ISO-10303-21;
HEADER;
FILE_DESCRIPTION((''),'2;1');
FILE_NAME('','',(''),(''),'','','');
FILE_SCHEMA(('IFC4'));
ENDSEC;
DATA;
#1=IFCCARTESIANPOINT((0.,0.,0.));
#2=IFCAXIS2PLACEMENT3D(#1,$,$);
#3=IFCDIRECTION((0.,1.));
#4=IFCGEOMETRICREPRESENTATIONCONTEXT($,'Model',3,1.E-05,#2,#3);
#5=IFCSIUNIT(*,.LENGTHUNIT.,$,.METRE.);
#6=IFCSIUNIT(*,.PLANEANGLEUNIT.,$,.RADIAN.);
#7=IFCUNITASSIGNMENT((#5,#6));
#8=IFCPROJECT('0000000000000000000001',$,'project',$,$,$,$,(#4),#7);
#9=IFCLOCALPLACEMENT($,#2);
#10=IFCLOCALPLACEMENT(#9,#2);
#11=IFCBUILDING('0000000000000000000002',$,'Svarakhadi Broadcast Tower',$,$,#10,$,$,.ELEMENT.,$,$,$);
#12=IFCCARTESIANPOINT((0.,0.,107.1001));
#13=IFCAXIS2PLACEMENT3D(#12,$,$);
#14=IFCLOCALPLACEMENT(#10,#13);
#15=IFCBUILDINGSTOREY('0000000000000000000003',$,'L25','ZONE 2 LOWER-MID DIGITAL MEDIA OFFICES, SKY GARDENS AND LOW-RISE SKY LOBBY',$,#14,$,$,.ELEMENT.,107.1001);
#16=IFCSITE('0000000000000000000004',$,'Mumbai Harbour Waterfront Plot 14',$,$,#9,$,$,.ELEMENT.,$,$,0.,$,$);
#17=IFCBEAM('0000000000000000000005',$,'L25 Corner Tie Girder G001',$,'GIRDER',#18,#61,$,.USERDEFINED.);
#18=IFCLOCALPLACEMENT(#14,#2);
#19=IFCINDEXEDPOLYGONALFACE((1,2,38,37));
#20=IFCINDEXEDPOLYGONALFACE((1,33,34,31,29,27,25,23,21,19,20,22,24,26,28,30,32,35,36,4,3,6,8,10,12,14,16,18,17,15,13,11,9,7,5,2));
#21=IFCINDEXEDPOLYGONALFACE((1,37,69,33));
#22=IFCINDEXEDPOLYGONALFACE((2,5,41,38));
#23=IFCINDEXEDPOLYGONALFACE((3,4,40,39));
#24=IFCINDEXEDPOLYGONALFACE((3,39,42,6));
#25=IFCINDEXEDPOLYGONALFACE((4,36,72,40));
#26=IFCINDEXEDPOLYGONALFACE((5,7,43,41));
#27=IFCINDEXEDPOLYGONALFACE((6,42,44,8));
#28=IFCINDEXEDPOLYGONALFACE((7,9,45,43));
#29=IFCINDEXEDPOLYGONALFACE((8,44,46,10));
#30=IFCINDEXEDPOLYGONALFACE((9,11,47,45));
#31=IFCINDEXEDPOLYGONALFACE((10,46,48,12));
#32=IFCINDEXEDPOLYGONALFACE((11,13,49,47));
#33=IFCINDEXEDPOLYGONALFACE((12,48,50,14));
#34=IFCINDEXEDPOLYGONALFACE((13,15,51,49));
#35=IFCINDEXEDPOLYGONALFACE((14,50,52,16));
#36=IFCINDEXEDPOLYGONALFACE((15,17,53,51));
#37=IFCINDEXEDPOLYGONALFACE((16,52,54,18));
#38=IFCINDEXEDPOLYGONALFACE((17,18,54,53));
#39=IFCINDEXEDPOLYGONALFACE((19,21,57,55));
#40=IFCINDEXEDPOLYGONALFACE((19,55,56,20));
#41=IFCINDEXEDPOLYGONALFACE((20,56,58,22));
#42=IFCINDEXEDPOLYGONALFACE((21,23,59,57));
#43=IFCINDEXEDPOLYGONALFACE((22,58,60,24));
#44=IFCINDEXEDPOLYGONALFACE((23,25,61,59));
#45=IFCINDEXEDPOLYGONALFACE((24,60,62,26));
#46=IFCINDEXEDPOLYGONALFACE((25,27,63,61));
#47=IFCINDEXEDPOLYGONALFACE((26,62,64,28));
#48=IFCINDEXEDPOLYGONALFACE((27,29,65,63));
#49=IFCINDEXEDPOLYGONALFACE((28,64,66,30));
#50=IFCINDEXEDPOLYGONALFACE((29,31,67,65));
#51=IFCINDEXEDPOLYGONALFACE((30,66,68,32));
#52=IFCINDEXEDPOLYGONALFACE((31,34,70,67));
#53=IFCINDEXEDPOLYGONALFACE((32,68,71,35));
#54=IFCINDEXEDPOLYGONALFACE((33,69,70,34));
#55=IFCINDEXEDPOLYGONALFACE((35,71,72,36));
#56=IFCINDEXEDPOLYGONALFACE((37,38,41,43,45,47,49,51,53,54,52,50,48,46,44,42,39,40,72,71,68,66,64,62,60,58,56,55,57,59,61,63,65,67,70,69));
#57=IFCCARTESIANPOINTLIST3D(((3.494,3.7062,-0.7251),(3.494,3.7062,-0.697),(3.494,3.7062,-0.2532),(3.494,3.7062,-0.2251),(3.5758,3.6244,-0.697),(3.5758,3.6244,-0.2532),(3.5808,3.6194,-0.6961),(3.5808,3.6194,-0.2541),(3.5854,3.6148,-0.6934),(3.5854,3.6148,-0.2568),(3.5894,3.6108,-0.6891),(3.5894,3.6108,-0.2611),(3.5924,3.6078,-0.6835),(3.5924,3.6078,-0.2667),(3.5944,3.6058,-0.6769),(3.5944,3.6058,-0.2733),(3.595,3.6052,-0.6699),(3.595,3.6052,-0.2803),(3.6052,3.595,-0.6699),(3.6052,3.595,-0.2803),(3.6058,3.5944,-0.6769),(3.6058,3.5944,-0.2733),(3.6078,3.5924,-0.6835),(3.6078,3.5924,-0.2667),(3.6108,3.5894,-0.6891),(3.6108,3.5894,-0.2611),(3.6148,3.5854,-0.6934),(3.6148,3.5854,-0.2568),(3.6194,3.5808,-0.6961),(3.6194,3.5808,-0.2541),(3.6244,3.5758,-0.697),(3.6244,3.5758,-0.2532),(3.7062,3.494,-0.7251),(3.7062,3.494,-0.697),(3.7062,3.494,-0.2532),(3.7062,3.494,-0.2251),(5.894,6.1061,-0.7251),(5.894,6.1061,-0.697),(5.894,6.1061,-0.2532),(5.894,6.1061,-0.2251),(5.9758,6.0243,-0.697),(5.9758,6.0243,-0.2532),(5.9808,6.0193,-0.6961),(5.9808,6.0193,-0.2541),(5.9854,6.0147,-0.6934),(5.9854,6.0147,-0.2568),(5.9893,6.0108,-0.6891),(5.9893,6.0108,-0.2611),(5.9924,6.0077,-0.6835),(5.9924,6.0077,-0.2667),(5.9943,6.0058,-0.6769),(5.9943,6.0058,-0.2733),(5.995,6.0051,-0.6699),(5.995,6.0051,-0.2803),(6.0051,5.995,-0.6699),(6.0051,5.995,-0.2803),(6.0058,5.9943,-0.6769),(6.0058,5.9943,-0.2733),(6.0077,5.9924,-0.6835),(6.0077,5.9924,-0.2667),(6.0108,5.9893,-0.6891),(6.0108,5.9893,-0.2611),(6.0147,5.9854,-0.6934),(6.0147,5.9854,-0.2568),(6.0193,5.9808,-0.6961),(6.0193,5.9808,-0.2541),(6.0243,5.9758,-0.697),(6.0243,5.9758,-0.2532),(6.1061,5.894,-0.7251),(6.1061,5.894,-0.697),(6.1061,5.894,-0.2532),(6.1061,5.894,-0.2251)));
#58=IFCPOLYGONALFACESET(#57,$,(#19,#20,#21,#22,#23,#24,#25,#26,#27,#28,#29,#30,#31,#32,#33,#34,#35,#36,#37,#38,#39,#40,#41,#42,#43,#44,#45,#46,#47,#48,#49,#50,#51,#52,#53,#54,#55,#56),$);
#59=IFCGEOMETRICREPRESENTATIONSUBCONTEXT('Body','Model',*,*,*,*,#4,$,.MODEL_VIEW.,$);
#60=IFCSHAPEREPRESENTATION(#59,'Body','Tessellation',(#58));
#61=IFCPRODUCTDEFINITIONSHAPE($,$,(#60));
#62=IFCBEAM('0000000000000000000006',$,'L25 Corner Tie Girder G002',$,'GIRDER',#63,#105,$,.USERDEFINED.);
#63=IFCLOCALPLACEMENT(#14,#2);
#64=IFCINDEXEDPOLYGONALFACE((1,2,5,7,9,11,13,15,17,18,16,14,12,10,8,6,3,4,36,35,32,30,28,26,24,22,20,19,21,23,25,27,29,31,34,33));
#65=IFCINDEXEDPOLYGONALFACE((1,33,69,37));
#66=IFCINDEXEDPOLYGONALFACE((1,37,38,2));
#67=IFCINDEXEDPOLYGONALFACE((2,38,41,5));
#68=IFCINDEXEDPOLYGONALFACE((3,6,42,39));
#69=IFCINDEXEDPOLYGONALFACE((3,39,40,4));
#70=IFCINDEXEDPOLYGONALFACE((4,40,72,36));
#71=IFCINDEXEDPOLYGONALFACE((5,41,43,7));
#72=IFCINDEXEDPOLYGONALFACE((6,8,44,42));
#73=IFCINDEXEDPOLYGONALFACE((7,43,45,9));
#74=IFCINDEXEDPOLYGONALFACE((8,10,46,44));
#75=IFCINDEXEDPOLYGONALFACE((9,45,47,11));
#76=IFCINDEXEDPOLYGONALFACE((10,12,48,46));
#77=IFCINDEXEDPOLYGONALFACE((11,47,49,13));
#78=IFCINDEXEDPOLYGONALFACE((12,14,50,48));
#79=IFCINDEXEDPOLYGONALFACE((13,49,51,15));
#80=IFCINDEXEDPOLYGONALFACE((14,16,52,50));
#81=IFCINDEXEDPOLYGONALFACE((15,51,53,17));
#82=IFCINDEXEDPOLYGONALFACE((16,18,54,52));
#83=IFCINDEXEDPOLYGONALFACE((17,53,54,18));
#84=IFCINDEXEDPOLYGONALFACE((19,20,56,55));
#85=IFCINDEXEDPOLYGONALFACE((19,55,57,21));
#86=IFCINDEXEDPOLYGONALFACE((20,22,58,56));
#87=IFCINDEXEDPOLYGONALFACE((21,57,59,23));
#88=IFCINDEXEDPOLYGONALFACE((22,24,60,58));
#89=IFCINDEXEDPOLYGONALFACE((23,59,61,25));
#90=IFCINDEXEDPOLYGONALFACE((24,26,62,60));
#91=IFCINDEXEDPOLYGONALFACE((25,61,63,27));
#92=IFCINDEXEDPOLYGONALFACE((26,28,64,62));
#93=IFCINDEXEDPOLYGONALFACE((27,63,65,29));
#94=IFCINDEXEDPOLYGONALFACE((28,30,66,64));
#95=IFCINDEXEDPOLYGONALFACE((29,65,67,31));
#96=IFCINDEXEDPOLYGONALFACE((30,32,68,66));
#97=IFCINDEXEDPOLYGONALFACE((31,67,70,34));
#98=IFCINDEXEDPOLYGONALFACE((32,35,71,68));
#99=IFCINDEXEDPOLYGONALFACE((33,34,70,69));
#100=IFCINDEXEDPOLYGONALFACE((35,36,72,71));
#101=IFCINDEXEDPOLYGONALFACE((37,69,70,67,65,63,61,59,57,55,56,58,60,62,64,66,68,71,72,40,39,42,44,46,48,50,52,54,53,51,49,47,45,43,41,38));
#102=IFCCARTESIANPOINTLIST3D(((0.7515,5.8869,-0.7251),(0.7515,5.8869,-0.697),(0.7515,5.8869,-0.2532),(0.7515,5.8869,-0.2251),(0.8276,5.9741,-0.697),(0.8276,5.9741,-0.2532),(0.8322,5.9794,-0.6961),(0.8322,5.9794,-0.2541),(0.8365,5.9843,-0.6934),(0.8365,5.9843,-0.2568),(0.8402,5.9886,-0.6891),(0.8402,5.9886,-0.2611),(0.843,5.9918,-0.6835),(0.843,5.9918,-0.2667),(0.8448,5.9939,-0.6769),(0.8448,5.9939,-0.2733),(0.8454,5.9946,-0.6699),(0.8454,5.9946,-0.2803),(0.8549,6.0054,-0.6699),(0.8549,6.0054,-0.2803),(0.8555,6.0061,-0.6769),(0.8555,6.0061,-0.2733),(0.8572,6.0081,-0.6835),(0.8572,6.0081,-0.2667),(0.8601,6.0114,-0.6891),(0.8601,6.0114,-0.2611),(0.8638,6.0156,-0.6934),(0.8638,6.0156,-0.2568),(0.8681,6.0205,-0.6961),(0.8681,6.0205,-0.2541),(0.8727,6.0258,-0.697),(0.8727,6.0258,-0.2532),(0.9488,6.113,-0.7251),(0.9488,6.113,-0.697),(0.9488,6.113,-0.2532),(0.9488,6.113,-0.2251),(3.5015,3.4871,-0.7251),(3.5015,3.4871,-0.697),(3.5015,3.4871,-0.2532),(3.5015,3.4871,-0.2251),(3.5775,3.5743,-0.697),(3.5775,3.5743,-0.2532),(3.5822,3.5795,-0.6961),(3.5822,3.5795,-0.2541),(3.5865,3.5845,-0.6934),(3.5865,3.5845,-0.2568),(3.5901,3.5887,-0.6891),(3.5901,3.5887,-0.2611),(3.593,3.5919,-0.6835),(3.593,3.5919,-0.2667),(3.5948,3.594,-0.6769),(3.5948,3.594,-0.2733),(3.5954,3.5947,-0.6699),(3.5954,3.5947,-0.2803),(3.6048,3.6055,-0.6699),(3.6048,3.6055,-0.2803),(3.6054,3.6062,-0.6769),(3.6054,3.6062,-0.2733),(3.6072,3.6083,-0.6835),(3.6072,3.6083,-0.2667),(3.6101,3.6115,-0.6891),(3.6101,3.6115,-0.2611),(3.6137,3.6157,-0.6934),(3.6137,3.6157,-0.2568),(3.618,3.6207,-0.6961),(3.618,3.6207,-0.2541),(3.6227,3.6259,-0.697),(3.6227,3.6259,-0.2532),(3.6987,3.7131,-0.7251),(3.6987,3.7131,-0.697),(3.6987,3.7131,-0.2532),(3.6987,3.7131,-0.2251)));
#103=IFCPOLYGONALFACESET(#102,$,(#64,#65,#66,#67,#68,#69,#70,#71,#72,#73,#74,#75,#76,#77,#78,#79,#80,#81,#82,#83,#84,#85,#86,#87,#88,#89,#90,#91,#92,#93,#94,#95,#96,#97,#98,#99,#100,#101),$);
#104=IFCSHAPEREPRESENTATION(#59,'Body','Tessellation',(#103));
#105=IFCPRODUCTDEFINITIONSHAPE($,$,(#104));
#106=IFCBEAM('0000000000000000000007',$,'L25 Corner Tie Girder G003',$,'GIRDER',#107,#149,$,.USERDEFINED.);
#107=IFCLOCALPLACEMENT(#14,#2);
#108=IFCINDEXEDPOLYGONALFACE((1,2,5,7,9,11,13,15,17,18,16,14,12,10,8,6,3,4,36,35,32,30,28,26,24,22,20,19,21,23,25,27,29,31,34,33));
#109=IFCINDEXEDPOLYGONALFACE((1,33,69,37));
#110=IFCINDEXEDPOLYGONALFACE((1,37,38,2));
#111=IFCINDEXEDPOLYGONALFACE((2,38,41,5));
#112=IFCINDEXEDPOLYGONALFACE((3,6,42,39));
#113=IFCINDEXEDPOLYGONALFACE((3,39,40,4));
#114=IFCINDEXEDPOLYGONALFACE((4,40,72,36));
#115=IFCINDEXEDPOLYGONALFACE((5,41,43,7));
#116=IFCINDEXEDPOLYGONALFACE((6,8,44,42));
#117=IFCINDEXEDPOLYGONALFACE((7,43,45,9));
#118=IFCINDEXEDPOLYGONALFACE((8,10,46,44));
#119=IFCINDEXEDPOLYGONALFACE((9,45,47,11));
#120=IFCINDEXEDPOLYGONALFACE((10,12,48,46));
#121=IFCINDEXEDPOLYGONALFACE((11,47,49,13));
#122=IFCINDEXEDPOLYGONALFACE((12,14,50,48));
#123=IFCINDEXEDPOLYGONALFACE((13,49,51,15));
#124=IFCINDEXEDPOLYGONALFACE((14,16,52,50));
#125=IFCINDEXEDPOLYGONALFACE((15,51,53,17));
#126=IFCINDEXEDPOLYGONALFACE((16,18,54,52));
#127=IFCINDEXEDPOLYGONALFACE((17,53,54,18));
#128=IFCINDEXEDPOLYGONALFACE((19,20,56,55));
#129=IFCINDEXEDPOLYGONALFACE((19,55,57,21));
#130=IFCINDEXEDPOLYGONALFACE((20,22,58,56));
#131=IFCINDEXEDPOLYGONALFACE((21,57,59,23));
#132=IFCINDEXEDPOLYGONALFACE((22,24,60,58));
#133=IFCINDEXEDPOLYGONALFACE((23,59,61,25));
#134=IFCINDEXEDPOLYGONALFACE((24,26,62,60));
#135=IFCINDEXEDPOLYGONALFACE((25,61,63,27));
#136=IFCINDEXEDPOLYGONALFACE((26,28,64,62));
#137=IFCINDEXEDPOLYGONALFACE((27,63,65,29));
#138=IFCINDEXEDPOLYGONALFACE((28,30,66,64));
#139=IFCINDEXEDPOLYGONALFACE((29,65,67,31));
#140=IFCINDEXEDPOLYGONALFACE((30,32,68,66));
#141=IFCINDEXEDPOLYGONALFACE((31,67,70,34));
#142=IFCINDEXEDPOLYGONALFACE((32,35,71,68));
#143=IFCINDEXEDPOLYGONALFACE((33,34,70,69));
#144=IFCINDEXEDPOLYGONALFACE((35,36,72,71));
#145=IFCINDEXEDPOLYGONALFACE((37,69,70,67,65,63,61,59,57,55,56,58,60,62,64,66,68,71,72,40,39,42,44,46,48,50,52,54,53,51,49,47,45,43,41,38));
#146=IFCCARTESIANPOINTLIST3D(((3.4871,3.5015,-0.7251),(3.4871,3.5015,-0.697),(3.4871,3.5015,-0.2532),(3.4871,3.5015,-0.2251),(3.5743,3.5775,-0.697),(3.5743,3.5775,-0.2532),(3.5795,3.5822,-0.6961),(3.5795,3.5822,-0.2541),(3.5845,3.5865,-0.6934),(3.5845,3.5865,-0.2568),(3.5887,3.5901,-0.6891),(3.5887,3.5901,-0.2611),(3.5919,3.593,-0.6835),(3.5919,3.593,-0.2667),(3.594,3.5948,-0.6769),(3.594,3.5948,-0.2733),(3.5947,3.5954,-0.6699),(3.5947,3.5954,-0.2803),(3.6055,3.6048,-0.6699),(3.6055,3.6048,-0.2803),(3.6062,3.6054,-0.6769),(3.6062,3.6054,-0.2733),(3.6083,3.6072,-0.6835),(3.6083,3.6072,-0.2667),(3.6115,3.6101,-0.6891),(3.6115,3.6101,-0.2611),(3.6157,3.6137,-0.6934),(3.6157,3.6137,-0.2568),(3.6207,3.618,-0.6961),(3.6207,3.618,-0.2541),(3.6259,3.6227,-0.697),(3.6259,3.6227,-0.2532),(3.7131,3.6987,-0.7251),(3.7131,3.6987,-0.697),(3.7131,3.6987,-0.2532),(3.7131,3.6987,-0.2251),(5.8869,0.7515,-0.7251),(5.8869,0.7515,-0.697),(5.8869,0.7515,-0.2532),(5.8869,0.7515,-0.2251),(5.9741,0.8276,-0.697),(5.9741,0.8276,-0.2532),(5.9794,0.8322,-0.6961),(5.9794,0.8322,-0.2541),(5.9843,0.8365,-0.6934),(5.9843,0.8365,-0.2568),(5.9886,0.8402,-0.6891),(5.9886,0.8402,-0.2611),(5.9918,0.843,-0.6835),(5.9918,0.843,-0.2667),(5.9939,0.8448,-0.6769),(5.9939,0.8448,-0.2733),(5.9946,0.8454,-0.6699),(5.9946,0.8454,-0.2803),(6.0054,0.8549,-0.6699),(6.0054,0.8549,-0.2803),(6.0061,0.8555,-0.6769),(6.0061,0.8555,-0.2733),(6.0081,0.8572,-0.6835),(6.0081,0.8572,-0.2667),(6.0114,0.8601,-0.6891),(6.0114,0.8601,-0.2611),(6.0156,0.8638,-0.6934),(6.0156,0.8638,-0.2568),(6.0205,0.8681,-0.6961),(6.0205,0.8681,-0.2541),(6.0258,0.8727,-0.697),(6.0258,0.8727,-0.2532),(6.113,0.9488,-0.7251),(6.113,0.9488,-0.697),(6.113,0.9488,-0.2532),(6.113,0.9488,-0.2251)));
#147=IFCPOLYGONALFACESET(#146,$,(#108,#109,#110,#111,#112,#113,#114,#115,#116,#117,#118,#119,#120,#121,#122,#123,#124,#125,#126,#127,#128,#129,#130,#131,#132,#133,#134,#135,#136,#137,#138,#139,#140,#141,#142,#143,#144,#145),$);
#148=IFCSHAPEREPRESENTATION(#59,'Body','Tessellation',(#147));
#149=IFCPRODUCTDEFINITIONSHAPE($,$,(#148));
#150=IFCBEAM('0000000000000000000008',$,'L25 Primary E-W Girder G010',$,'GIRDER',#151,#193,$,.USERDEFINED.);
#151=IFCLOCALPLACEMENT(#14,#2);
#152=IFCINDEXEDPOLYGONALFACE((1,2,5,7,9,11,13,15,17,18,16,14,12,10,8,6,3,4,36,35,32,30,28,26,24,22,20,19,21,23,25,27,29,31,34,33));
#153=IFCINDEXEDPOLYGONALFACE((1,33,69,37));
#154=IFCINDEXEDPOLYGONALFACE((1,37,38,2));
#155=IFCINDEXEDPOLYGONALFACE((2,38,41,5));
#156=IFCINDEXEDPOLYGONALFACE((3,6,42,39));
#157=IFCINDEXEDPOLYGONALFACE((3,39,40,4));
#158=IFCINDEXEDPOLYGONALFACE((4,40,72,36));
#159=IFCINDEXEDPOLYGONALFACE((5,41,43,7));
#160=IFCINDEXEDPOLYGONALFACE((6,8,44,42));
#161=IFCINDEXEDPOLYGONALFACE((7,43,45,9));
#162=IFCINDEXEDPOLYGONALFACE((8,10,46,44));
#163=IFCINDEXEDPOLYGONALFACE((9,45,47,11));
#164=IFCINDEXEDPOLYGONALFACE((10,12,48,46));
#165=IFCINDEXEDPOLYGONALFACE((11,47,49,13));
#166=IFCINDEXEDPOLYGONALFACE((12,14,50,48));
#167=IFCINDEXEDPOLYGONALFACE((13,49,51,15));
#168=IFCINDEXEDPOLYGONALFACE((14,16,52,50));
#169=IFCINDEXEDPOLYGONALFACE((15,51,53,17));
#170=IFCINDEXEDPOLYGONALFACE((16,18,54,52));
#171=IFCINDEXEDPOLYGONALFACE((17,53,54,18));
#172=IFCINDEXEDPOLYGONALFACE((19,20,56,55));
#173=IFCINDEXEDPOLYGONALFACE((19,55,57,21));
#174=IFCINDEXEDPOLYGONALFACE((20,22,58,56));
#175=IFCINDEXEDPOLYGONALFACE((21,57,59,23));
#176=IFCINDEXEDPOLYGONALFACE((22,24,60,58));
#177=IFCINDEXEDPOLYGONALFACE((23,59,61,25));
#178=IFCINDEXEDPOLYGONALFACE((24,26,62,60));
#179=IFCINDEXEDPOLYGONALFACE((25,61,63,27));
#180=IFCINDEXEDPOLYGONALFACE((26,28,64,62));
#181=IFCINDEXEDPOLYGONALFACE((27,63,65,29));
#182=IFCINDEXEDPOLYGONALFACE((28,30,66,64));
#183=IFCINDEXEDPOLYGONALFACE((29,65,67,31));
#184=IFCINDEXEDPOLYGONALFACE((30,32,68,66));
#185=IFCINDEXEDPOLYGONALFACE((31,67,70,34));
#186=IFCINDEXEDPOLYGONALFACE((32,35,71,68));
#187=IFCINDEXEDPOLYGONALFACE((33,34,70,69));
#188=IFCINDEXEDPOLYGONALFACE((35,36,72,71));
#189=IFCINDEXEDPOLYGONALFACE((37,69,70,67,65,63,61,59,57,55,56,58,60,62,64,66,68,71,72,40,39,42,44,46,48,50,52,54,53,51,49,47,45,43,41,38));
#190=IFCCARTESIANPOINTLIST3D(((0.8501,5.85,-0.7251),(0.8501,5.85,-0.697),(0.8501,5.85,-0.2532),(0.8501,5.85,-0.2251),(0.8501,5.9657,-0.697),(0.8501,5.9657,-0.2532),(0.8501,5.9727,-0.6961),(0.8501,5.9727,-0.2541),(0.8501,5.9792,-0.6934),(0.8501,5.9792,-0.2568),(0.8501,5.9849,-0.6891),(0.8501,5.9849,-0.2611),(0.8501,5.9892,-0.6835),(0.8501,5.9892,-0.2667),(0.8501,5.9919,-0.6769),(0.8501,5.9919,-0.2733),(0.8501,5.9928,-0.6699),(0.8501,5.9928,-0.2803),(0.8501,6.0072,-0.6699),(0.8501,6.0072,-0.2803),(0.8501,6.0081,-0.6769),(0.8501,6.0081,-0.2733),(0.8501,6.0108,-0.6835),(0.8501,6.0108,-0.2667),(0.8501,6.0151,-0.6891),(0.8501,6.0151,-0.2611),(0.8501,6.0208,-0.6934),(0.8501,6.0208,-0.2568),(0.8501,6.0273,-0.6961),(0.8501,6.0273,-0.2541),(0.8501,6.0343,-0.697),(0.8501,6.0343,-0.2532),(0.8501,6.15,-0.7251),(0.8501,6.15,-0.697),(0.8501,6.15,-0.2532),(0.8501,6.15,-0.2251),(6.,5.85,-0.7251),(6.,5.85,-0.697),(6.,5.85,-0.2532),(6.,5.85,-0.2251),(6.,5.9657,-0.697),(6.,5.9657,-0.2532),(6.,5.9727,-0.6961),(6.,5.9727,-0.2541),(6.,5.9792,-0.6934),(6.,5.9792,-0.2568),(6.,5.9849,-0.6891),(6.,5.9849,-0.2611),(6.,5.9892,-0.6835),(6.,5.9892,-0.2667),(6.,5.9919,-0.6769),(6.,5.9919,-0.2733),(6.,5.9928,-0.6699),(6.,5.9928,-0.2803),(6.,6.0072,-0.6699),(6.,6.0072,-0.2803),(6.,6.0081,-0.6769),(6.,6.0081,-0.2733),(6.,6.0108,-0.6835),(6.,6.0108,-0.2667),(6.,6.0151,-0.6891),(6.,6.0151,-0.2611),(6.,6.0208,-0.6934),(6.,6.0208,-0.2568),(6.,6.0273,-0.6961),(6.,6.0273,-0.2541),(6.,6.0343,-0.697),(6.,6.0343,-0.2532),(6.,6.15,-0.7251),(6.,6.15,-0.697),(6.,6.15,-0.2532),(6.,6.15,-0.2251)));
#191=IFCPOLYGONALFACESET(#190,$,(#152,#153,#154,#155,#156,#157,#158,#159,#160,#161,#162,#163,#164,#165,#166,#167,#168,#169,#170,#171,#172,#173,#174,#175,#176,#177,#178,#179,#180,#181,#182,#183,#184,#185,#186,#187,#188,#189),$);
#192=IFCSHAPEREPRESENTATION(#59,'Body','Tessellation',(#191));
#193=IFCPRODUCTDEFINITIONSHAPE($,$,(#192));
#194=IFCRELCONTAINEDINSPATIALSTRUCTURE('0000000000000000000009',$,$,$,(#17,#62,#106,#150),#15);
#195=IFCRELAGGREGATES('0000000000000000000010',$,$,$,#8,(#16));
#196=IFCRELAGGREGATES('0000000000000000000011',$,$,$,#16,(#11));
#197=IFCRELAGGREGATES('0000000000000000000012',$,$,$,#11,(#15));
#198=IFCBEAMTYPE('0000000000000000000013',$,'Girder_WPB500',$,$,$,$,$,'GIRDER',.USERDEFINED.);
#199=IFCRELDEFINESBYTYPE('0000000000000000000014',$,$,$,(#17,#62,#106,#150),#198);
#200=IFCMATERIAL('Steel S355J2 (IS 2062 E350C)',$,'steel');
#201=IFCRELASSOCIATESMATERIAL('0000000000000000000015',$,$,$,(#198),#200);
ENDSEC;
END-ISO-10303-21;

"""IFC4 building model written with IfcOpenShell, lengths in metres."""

from ifc_helpers import new_model, si_unit, direction, frame, origin, origin_2d, place, context, subcontext, project, spatial, i_section, extrude, material, material_profile, profile_set, type_object, element, save


model = new_model("IFC4")

# Units and contexts
model_context = context("Model", 3, precision=1e-05, world=origin(), true_north=direction((0.0, 1.0)))
body_context = subcontext(model_context, "Body", "Model", "MODEL_VIEW")
ifc_project = project(units=[si_unit("LENGTHUNIT", "METRE"), si_unit("PLANEANGLEUNIT", "RADIAN")], contexts=[model_context])

# Site, building, storey
site_placement = place(None, origin())
site = spatial("IfcSite", under=ifc_project, at=site_placement, Name="Mumbai Harbour Waterfront Plot 14", CompositionType="ELEMENT", RefElevation=0.0)
building_placement = place(site_placement, origin())
building = spatial("IfcBuilding", under=site, at=building_placement, Name="Svarakhadi Broadcast Tower", CompositionType="ELEMENT")
storey_placement = place(building_placement, frame((0.0, 0.0, 107.1001)))
storey = spatial("IfcBuildingStorey", under=building, at=storey_placement, Name="L25", Description="ZONE 2 LOWER-MID DIGITAL MEDIA OFFICES, SKY GARDENS AND LOW-RISE SKY LOBBY", CompositionType="ELEMENT", Elevation=107.1001)

# Beams
ifc_material_1 = material(Name="Steel S355J2 (IS 2062 E350C)", Category="steel")
ifc_material_profile_1 = material_profile(ifc_material_1, i_section(OverallWidth=0.3, OverallDepth=0.5, WebThickness=0.0144, FlangeThickness=0.0281, FilletRadius=0.0271, at=origin_2d()), Name="WPB 500x300x187")
ifc_profile_set_1 = profile_set([ifc_material_profile_1], Name="Steel S355J2 (IS 2062 E350C)")
beam_type = type_object("IfcBeamType", Name="Girder_WPB500", ElementType="GIRDER", PredefinedType="USERDEFINED", material=ifc_profile_set_1)
beam_1_placement = place(storey_placement, frame((3.6001, 3.6001, -0.4751), z_axis=(0.707107, 0.707107, 0.0), x_axis=(-0.707107, 0.707107, 0.0)))
element("IfcBeam", 1, at=beam_1_placement, inside=storey, type_object=beam_type, Name="L25 Corner Tie Girder G001", ObjectType="GIRDER", PredefinedType="USERDEFINED", context=body_context, shape_type="SweptSolid", body=[
    extrude(i_section(OverallWidth=0.3, OverallDepth=0.5, WebThickness=0.0144, FlangeThickness=0.0281, FilletRadius=0.0271, at=origin_2d()), origin(), (0.0, 0.0, 1.0), 3.394),
])
for number, where, z_axis, x_axis, name in (
    (2, (3.6001, 3.6001, -0.4751), (-0.753438, 0.657519, 0.0), (-0.657519, -0.753438, 0.0), "L25 Corner Tie Girder G002"),
    (3, (3.6001, 3.6001, -0.4751), (0.657519, -0.753438, 0.0), (0.753438, 0.657519, 0.0), "L25 Corner Tie Girder G003"),
):
    element("IfcBeam", number, at=place(storey_placement, frame(where, z_axis=z_axis, x_axis=x_axis)), inside=storey, type_object=beam_type, Name=name, ObjectType="GIRDER", PredefinedType="USERDEFINED", context=body_context, shape_type="SweptSolid", body=[
        extrude(i_section(OverallWidth=0.3, OverallDepth=0.5, WebThickness=0.0144, FlangeThickness=0.0281, FilletRadius=0.0271, at=origin_2d()), origin(), (0.0, 0.0, 1.0), 3.6499),
    ])
beam_2_placement = place(storey_placement, frame((0.8501, 6.0, -0.4751), z_axis=(1.0, 0.0, 0.0), x_axis=(0.0, 1.0, 0.0)))
element("IfcBeam", 4, at=beam_2_placement, inside=storey, type_object=beam_type, Name="L25 Primary E-W Girder G010", ObjectType="GIRDER", PredefinedType="USERDEFINED", context=body_context, shape_type="SweptSolid", body=[
    extrude(i_section(OverallWidth=0.3, OverallDepth=0.5, WebThickness=0.0144, FlangeThickness=0.0281, FilletRadius=0.0271, at=origin_2d()), origin(), (0.0, 0.0, 1.0), 5.1499),
])

save(model, "model.ifc")
